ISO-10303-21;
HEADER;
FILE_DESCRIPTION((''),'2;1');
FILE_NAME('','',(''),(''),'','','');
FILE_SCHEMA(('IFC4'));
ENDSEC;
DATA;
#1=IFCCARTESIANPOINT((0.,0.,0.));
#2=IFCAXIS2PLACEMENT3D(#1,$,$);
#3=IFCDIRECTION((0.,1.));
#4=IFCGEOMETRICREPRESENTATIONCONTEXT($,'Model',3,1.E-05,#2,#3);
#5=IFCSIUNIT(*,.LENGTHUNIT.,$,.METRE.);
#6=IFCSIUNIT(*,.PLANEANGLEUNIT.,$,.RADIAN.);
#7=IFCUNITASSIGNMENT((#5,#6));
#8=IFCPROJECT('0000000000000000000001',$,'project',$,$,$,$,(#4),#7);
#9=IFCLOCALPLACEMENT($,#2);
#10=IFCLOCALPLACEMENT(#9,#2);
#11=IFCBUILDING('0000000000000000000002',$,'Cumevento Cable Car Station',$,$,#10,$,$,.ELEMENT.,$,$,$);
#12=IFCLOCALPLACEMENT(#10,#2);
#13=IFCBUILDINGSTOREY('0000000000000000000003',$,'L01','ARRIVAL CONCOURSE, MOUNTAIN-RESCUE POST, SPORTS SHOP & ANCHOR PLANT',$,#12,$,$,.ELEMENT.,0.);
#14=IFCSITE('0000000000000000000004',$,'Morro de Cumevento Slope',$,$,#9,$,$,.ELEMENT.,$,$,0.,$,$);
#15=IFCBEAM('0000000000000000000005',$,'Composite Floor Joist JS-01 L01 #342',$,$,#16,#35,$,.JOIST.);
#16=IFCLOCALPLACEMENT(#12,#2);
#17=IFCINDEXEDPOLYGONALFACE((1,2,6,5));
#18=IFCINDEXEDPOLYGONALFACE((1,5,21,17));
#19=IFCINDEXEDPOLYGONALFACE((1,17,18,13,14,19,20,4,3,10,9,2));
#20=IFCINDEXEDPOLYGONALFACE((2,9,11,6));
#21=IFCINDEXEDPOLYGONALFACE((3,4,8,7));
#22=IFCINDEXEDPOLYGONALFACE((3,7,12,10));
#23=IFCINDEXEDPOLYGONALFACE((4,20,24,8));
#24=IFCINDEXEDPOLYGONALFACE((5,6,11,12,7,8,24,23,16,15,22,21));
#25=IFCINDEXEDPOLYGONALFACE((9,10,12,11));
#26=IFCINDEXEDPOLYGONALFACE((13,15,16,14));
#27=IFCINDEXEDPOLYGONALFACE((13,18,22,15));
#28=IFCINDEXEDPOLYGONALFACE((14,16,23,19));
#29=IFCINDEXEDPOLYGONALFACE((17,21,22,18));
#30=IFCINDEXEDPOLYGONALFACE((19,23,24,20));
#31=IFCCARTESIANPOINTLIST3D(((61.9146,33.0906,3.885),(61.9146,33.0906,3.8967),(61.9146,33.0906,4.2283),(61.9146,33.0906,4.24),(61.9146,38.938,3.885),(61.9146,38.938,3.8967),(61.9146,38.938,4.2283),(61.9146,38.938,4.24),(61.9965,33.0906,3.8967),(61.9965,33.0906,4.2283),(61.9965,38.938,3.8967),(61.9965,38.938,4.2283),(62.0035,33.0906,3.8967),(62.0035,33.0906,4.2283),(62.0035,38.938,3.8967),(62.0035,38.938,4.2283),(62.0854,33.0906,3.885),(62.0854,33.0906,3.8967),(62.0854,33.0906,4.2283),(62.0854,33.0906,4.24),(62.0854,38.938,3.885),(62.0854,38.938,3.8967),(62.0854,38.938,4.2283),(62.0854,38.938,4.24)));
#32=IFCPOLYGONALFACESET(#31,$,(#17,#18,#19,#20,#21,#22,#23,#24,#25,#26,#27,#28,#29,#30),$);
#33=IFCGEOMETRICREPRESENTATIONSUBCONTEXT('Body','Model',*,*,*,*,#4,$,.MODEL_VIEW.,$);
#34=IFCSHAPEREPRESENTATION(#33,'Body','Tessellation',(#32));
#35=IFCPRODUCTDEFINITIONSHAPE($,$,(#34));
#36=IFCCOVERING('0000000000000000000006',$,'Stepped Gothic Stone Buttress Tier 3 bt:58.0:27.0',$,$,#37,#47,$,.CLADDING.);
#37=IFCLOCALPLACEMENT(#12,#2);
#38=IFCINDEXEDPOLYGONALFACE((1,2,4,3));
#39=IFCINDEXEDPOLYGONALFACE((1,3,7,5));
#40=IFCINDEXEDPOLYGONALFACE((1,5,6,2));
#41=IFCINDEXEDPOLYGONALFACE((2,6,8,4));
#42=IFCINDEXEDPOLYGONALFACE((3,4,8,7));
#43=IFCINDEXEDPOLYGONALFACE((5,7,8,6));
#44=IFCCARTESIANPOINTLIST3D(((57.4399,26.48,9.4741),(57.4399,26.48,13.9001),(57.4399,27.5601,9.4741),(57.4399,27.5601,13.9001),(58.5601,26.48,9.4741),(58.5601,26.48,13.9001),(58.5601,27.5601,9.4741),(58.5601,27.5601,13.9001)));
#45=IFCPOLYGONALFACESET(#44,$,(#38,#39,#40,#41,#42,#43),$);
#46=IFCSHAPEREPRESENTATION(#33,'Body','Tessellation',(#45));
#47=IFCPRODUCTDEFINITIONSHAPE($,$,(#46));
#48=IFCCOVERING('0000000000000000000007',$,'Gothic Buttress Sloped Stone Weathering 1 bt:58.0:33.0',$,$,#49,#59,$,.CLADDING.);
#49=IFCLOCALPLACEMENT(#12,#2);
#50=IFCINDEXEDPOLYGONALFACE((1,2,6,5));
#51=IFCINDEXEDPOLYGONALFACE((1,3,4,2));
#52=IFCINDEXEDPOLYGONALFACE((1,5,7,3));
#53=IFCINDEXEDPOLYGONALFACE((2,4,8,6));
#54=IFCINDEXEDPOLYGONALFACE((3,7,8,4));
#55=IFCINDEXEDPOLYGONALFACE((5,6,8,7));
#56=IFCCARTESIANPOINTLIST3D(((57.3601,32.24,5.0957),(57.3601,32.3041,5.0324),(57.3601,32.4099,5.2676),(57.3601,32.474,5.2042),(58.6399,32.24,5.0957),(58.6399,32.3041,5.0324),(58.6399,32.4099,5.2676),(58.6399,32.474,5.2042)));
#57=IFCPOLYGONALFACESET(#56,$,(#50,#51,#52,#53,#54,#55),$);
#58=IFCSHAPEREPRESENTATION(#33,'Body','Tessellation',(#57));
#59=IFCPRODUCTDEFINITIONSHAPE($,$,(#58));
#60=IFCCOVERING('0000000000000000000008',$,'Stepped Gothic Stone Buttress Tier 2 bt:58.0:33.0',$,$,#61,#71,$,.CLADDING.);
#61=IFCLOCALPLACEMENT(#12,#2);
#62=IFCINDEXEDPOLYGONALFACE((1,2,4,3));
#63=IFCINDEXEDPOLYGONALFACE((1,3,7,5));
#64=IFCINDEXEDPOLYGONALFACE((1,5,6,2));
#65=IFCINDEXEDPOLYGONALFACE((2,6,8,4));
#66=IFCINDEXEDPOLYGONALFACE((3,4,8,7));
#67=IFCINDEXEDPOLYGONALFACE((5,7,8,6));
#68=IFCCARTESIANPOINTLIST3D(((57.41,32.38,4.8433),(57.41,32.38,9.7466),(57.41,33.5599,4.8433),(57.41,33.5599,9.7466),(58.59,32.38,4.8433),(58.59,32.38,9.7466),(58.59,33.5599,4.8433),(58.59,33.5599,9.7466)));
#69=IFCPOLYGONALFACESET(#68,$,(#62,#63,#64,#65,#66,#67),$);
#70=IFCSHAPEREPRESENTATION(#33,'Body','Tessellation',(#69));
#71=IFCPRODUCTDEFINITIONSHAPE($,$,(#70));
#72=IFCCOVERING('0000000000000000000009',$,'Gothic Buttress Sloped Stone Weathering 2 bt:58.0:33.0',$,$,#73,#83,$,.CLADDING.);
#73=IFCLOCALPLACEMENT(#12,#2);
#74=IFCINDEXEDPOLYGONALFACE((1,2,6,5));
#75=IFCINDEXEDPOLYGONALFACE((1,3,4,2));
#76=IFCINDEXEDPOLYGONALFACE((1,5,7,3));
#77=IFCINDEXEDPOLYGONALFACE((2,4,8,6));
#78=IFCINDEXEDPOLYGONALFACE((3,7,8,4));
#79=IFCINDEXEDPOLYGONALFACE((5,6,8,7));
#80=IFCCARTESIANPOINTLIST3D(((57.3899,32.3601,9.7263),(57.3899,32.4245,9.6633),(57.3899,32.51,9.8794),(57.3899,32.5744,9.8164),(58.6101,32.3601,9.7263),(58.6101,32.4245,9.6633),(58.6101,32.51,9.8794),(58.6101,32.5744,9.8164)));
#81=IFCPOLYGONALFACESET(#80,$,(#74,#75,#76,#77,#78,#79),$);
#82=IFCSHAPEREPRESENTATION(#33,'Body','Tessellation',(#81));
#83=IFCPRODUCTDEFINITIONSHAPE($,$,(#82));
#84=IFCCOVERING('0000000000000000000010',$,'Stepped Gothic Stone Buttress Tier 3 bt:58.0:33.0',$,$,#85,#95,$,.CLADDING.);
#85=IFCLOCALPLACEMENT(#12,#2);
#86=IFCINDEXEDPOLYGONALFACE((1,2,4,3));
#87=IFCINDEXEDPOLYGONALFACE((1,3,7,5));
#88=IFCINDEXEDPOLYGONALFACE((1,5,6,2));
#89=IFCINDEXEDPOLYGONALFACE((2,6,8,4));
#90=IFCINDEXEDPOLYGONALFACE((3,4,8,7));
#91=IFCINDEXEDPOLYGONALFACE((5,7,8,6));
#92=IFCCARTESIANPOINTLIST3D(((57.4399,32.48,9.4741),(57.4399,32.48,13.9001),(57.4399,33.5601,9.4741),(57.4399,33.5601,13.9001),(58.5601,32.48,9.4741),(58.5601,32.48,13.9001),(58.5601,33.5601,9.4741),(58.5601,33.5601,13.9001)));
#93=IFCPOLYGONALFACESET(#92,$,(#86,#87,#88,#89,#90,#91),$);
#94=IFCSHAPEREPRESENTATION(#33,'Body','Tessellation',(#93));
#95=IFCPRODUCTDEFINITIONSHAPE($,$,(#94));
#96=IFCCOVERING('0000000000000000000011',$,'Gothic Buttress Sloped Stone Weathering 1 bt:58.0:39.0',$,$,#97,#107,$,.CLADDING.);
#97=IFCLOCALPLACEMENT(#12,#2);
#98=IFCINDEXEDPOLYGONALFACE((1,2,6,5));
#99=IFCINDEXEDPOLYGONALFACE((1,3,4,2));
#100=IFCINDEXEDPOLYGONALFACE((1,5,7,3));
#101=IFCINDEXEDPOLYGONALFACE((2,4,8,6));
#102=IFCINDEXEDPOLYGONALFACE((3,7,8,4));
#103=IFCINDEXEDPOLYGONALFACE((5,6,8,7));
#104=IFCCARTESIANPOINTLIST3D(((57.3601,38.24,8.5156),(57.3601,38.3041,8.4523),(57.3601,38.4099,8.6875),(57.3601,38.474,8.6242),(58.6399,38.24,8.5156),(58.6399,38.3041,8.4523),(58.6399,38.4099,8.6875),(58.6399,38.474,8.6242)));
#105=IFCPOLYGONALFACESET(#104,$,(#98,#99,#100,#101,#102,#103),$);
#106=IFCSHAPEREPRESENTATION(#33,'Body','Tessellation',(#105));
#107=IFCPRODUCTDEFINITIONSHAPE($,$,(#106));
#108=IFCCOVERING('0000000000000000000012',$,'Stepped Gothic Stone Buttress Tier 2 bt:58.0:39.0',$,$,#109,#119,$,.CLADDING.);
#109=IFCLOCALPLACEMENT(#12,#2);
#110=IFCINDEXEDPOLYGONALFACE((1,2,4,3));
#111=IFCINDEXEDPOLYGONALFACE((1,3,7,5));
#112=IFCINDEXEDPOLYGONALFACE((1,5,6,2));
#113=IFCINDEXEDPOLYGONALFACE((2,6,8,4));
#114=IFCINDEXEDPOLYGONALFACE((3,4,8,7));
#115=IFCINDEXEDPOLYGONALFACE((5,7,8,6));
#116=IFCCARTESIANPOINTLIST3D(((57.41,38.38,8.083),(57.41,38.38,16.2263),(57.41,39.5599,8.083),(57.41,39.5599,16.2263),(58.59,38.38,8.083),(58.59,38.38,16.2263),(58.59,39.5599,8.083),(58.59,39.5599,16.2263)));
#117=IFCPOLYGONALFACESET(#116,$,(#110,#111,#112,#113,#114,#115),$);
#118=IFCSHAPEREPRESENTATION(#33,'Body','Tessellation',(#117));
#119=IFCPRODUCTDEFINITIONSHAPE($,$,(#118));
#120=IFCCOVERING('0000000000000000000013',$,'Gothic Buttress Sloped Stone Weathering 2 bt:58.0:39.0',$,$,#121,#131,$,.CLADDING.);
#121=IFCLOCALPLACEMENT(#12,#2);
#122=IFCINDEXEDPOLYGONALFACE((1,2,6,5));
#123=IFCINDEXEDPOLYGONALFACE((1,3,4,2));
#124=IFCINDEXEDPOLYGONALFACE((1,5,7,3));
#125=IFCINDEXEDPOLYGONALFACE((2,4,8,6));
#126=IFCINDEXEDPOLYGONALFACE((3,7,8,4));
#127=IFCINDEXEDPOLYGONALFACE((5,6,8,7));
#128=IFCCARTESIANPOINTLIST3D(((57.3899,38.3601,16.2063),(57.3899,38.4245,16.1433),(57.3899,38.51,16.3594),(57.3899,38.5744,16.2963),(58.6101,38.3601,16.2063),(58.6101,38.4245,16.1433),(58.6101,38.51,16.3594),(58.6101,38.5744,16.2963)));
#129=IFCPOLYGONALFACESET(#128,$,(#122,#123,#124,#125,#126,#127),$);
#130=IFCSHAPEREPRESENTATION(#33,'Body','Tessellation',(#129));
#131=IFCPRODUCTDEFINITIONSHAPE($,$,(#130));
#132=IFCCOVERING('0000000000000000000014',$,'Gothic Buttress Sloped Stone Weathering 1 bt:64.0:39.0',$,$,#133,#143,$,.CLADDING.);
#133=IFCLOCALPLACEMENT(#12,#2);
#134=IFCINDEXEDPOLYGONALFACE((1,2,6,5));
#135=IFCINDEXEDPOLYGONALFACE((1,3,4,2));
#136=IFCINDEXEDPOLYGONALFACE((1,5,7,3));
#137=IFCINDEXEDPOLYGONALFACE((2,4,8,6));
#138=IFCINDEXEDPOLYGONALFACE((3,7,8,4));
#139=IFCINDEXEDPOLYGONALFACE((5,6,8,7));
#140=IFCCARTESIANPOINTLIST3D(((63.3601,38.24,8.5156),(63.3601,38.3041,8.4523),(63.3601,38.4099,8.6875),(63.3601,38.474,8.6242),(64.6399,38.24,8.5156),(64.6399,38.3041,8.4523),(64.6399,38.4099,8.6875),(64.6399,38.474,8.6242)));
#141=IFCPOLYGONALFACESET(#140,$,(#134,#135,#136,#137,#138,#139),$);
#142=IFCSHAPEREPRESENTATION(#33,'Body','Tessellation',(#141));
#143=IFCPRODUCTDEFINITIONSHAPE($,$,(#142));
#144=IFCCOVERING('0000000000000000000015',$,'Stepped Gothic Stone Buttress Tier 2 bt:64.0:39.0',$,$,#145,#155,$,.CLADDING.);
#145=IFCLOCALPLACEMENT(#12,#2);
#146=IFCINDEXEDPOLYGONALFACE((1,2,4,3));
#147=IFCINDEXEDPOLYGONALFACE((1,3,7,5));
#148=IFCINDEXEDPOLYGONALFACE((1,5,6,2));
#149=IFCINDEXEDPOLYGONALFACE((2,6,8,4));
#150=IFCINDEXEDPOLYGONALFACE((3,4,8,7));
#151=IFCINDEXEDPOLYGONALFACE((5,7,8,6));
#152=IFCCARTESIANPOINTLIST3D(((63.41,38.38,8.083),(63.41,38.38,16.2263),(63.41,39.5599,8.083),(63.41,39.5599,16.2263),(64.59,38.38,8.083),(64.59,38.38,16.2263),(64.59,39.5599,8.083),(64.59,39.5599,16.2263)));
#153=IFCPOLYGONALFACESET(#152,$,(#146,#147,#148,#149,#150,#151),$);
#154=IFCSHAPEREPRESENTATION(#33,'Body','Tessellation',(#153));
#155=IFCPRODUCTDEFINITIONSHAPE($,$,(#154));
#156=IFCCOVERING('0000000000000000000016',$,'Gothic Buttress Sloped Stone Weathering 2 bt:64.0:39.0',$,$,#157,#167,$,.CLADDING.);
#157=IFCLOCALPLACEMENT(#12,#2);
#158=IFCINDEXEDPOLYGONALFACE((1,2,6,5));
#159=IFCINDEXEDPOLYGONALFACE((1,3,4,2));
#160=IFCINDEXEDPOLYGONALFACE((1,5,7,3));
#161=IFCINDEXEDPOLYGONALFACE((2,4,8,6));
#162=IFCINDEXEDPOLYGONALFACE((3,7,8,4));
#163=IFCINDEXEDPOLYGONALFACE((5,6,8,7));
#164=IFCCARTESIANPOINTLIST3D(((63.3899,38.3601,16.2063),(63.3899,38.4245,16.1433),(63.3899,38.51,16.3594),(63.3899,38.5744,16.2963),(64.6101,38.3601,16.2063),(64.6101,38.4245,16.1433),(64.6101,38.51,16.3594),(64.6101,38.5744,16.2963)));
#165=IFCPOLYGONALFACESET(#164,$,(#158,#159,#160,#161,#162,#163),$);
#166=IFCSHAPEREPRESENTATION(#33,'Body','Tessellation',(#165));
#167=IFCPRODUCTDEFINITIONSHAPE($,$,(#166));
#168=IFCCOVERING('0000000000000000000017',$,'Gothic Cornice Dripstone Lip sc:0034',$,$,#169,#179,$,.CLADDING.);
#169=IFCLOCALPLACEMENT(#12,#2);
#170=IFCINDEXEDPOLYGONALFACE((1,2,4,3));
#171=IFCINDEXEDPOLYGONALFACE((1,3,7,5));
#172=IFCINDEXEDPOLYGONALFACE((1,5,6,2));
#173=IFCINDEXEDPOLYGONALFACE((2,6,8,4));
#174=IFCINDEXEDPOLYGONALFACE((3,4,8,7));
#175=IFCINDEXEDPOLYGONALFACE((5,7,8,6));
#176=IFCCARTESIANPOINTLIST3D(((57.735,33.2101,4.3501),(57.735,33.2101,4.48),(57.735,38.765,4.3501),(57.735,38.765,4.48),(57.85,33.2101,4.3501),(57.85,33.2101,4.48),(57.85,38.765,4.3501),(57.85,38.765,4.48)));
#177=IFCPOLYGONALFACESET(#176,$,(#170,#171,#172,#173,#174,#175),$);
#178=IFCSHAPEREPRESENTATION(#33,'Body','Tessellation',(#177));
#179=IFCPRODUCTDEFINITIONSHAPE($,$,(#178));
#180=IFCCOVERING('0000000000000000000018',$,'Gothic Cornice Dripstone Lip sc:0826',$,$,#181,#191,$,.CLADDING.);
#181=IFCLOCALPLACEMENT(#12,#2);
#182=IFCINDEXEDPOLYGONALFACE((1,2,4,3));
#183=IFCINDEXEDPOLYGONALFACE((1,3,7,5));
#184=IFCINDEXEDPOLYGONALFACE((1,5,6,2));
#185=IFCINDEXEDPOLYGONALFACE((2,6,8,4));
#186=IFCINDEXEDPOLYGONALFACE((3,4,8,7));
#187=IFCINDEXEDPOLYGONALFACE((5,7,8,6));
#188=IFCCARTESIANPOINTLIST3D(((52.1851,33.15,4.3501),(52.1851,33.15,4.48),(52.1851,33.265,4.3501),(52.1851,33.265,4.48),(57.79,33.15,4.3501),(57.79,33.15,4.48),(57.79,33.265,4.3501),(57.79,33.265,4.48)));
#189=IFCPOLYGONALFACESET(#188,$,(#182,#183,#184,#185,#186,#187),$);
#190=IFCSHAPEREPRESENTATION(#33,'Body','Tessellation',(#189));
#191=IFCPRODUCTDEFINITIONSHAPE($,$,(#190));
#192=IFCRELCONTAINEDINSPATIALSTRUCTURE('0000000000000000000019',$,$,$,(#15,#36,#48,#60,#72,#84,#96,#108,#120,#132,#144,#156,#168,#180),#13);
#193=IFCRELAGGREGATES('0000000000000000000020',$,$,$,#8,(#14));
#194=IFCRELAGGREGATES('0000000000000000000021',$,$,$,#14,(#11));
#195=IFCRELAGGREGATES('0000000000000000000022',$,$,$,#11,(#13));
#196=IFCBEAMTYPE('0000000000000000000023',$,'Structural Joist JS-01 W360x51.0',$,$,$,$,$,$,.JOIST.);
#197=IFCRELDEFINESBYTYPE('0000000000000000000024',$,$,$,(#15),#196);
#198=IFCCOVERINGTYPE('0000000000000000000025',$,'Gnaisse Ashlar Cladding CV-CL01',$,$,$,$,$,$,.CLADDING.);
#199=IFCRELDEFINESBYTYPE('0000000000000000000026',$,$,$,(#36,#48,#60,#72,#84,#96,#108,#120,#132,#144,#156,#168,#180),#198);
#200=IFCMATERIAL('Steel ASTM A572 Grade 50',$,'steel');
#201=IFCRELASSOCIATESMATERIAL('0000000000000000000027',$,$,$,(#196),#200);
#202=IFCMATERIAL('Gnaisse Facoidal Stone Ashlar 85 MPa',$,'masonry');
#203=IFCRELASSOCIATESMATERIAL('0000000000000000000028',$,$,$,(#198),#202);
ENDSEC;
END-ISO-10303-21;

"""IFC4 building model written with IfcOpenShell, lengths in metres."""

from ifc_helpers import new_model, si_unit, direction, frame, origin, origin_2d, place, context, subcontext, project, spatial, polyline, rectangle, i_section, outline, extrude, material, material_profile, profile_set, type_object, element, save


model = new_model("IFC4")

# Units and contexts
model_context = context("Model", 3, precision=1e-05, world=origin(), true_north=direction((0.0, 1.0)))
body_context = subcontext(model_context, "Body", "Model", "MODEL_VIEW")
ifc_project = project(units=[si_unit("LENGTHUNIT", "METRE"), si_unit("PLANEANGLEUNIT", "RADIAN")], contexts=[model_context])

# Site, building, storey
site_placement = place(None, origin())
site = spatial("IfcSite", under=ifc_project, at=site_placement, Name="Morro de Cumevento Slope", CompositionType="ELEMENT", RefElevation=0.0)
building_placement = place(site_placement, origin())
building = spatial("IfcBuilding", under=site, at=building_placement, Name="Cumevento Cable Car Station", CompositionType="ELEMENT")
storey_placement = place(building_placement, origin())
storey = spatial("IfcBuildingStorey", under=building, at=storey_placement, Name="L01", Description="ARRIVAL CONCOURSE, MOUNTAIN-RESCUE POST, SPORTS SHOP & ANCHOR PLANT", CompositionType="ELEMENT", Elevation=0.0)

# Beam
ifc_material_1 = material(Name="Steel ASTM A572 Grade 50", Category="steel")
ifc_material_profile_1 = material_profile(ifc_material_1, i_section(OverallWidth=0.1709, OverallDepth=0.355, WebThickness=0.0071, FlangeThickness=0.0117, at=origin_2d()), Name="W360x51.0")
ifc_profile_set_1 = profile_set([ifc_material_profile_1], Name="Steel ASTM A572 Grade 50")
beam_type_1 = type_object("IfcBeamType", Name="Structural Joist JS-01 W360x51.0", PredefinedType="JOIST", material=ifc_profile_set_1)
beam_1_placement = place(storey_placement, frame((62.0, 33.0906, 4.0625), z_axis=(0.0, 1.0, 0.0), x_axis=(-1.0, 0.0, 0.0)))
element("IfcBeam", 1, at=beam_1_placement, inside=storey, type_object=beam_type_1, Name="Composite Floor Joist JS-01 L01 #342", PredefinedType="JOIST", context=body_context, shape_type="SweptSolid", body=[
    extrude(i_section(OverallWidth=0.1709, OverallDepth=0.355, WebThickness=0.0071, FlangeThickness=0.0117, at=origin_2d()), origin(), (0.0, 0.0, 1.0), 5.8474),
])

# Coverings
ifc_material_2 = material(Name="Gnaisse Facoidal Stone Ashlar 85 MPa", Category="masonry")
covering_type = type_object("IfcCoveringType", Name="Gnaisse Ashlar Cladding CV-CL01", PredefinedType="CLADDING", material=ifc_material_2)
covering_1_placement = place(storey_placement, frame((58.0, 27.02, 9.4741), z_axis=(0.0, 0.0, 1.0), x_axis=(1.0, 0.0, 0.0)))
element("IfcCovering", 2, at=covering_1_placement, inside=storey, type_object=covering_type, Name="Stepped Gothic Stone Buttress Tier 3 bt:58.0:27.0", PredefinedType="CLADDING", context=body_context, shape_type="SweptSolid", body=[
    extrude(rectangle(XDim=1.1201, YDim=1.0801, at=origin_2d()), origin(), (0.0, 0.0, 1.0), 4.426),
])
covering_2_placement = place(storey_placement, frame((57.3601, 32.24, 5.0957), z_axis=(0.0, -0.711136, 0.703055), x_axis=(1.0, 0.0, 0.0)))
element("IfcCovering", 3, at=covering_2_placement, inside=storey, type_object=covering_type, Name="Gothic Buttress Sloped Stone Weathering 1 bt:58.0:33.0", PredefinedType="CLADDING", context=body_context, shape_type="SweptSolid", body=[
    extrude(outline(polyline([(0.0, 0.0), (1.2798, 0.0), (1.2798, 0.2417), (0.0, 0.2417), (0.0, 0.0)])), origin(), (0.0, 0.0, -1.0), 0.0901),
])
covering_3_placement = place(storey_placement, frame((58.0, 32.97, 4.8433), z_axis=(0.0, 0.0, 1.0), x_axis=(1.0, 0.0, 0.0)))
element("IfcCovering", 4, at=covering_3_placement, inside=storey, type_object=covering_type, Name="Stepped Gothic Stone Buttress Tier 2 bt:58.0:33.0", PredefinedType="CLADDING", context=body_context, shape_type="SweptSolid", body=[
    extrude(rectangle(XDim=1.1799, YDim=1.1799, at=origin_2d()), origin(), (0.0, 0.0, 1.0), 4.9033),
])
covering_4_placement = place(storey_placement, frame((57.3899, 32.3601, 9.7263), z_axis=(0.0, -0.714475, 0.699661), x_axis=(1.0, 0.0, 0.0)))
element("IfcCovering", 5, at=covering_4_placement, inside=storey, type_object=covering_type, Name="Gothic Buttress Sloped Stone Weathering 2 bt:58.0:33.0", PredefinedType="CLADDING", context=body_context, shape_type="SweptSolid", body=[
    extrude(outline(polyline([(0.0, 0.0), (1.2202, 0.0), (1.2202, 0.2142), (0.0, 0.2142), (0.0, 0.0)])), origin(), (0.0, 0.0, -1.0), 0.0901),
])
covering_5_placement = place(storey_placement, frame((58.0, 33.02, 9.4741), z_axis=(0.0, 0.0, 1.0), x_axis=(1.0, 0.0, 0.0)))
element("IfcCovering", 6, at=covering_5_placement, inside=storey, type_object=covering_type, Name="Stepped Gothic Stone Buttress Tier 3 bt:58.0:33.0", PredefinedType="CLADDING", context=body_context, shape_type="SweptSolid", body=[
    extrude(rectangle(XDim=1.1201, YDim=1.0801, at=origin_2d()), origin(), (0.0, 0.0, 1.0), 4.426),
])
covering_6_placement = place(storey_placement, frame((57.3601, 38.24, 8.5156), z_axis=(0.0, -0.711136, 0.703055), x_axis=(1.0, 0.0, 0.0)))
element("IfcCovering", 7, at=covering_6_placement, inside=storey, type_object=covering_type, Name="Gothic Buttress Sloped Stone Weathering 1 bt:58.0:39.0", PredefinedType="CLADDING", context=body_context, shape_type="SweptSolid", body=[
    extrude(outline(polyline([(0.0, 0.0), (1.2798, 0.0), (1.2798, 0.2417), (0.0, 0.2417), (0.0, 0.0)])), origin(), (0.0, 0.0, -1.0), 0.0901),
])
covering_7_placement = place(storey_placement, frame((58.0, 38.97, 8.083), z_axis=(0.0, 0.0, 1.0), x_axis=(1.0, 0.0, 0.0)))
element("IfcCovering", 8, at=covering_7_placement, inside=storey, type_object=covering_type, Name="Stepped Gothic Stone Buttress Tier 2 bt:58.0:39.0", PredefinedType="CLADDING", context=body_context, shape_type="SweptSolid", body=[
    extrude(rectangle(XDim=1.1799, YDim=1.1799, at=origin_2d()), origin(), (0.0, 0.0, 1.0), 8.1433),
])
covering_8_placement = place(storey_placement, frame((57.3899, 38.3601, 16.2063), z_axis=(0.0, -0.714475, 0.699661), x_axis=(1.0, 0.0, 0.0)))
element("IfcCovering", 9, at=covering_8_placement, inside=storey, type_object=covering_type, Name="Gothic Buttress Sloped Stone Weathering 2 bt:58.0:39.0", PredefinedType="CLADDING", context=body_context, shape_type="SweptSolid", body=[
    extrude(outline(polyline([(0.0, 0.0), (1.2202, 0.0), (1.2202, 0.2142), (0.0, 0.2142), (0.0, 0.0)])), origin(), (0.0, 0.0, -1.0), 0.0901),
])
covering_9_placement = place(storey_placement, frame((63.3601, 38.24, 8.5156), z_axis=(0.0, -0.711136, 0.703055), x_axis=(1.0, 0.0, 0.0)))
element("IfcCovering", 10, at=covering_9_placement, inside=storey, type_object=covering_type, Name="Gothic Buttress Sloped Stone Weathering 1 bt:64.0:39.0", PredefinedType="CLADDING", context=body_context, shape_type="SweptSolid", body=[
    extrude(outline(polyline([(0.0, 0.0), (1.2798, 0.0), (1.2798, 0.2417), (0.0, 0.2417), (0.0, 0.0)])), origin(), (0.0, 0.0, -1.0), 0.0901),
])
covering_10_placement = place(storey_placement, frame((64.0, 38.97, 8.083), z_axis=(0.0, 0.0, 1.0), x_axis=(1.0, 0.0, 0.0)))
element("IfcCovering", 11, at=covering_10_placement, inside=storey, type_object=covering_type, Name="Stepped Gothic Stone Buttress Tier 2 bt:64.0:39.0", PredefinedType="CLADDING", context=body_context, shape_type="SweptSolid", body=[
    extrude(rectangle(XDim=1.1799, YDim=1.1799, at=origin_2d()), origin(), (0.0, 0.0, 1.0), 8.1433),
])
covering_11_placement = place(storey_placement, frame((63.3899, 38.3601, 16.2063), z_axis=(0.0, -0.714475, 0.699661), x_axis=(1.0, 0.0, 0.0)))
element("IfcCovering", 12, at=covering_11_placement, inside=storey, type_object=covering_type, Name="Gothic Buttress Sloped Stone Weathering 2 bt:64.0:39.0", PredefinedType="CLADDING", context=body_context, shape_type="SweptSolid", body=[
    extrude(outline(polyline([(0.0, 0.0), (1.2202, 0.0), (1.2202, 0.2142), (0.0, 0.2142), (0.0, 0.0)])), origin(), (0.0, 0.0, -1.0), 0.0901),
])
covering_12_placement = place(storey_placement, frame((57.7925, 35.9875, 4.3501), z_axis=(0.0, 0.0, 1.0), x_axis=(0.0, 1.0, 0.0)))
element("IfcCovering", 13, at=covering_12_placement, inside=storey, type_object=covering_type, Name="Gothic Cornice Dripstone Lip sc:0034", PredefinedType="CLADDING", context=body_context, shape_type="SweptSolid", body=[
    extrude(rectangle(XDim=5.5549, YDim=0.115, at=origin_2d()), origin(), (0.0, 0.0, 1.0), 0.1299),
])
covering_13_placement = place(storey_placement, frame((54.9875, 33.2075, 4.3501), z_axis=(0.0, 0.0, 1.0), x_axis=(1.0, 0.0, 0.0)))
element("IfcCovering", 14, at=covering_13_placement, inside=storey, type_object=covering_type, Name="Gothic Cornice Dripstone Lip sc:0826", PredefinedType="CLADDING", context=body_context, shape_type="SweptSolid", body=[
    extrude(rectangle(XDim=5.605, YDim=0.115, at=origin_2d()), origin(), (0.0, 0.0, 1.0), 0.1299),
])

save(model, "model.ifc")
